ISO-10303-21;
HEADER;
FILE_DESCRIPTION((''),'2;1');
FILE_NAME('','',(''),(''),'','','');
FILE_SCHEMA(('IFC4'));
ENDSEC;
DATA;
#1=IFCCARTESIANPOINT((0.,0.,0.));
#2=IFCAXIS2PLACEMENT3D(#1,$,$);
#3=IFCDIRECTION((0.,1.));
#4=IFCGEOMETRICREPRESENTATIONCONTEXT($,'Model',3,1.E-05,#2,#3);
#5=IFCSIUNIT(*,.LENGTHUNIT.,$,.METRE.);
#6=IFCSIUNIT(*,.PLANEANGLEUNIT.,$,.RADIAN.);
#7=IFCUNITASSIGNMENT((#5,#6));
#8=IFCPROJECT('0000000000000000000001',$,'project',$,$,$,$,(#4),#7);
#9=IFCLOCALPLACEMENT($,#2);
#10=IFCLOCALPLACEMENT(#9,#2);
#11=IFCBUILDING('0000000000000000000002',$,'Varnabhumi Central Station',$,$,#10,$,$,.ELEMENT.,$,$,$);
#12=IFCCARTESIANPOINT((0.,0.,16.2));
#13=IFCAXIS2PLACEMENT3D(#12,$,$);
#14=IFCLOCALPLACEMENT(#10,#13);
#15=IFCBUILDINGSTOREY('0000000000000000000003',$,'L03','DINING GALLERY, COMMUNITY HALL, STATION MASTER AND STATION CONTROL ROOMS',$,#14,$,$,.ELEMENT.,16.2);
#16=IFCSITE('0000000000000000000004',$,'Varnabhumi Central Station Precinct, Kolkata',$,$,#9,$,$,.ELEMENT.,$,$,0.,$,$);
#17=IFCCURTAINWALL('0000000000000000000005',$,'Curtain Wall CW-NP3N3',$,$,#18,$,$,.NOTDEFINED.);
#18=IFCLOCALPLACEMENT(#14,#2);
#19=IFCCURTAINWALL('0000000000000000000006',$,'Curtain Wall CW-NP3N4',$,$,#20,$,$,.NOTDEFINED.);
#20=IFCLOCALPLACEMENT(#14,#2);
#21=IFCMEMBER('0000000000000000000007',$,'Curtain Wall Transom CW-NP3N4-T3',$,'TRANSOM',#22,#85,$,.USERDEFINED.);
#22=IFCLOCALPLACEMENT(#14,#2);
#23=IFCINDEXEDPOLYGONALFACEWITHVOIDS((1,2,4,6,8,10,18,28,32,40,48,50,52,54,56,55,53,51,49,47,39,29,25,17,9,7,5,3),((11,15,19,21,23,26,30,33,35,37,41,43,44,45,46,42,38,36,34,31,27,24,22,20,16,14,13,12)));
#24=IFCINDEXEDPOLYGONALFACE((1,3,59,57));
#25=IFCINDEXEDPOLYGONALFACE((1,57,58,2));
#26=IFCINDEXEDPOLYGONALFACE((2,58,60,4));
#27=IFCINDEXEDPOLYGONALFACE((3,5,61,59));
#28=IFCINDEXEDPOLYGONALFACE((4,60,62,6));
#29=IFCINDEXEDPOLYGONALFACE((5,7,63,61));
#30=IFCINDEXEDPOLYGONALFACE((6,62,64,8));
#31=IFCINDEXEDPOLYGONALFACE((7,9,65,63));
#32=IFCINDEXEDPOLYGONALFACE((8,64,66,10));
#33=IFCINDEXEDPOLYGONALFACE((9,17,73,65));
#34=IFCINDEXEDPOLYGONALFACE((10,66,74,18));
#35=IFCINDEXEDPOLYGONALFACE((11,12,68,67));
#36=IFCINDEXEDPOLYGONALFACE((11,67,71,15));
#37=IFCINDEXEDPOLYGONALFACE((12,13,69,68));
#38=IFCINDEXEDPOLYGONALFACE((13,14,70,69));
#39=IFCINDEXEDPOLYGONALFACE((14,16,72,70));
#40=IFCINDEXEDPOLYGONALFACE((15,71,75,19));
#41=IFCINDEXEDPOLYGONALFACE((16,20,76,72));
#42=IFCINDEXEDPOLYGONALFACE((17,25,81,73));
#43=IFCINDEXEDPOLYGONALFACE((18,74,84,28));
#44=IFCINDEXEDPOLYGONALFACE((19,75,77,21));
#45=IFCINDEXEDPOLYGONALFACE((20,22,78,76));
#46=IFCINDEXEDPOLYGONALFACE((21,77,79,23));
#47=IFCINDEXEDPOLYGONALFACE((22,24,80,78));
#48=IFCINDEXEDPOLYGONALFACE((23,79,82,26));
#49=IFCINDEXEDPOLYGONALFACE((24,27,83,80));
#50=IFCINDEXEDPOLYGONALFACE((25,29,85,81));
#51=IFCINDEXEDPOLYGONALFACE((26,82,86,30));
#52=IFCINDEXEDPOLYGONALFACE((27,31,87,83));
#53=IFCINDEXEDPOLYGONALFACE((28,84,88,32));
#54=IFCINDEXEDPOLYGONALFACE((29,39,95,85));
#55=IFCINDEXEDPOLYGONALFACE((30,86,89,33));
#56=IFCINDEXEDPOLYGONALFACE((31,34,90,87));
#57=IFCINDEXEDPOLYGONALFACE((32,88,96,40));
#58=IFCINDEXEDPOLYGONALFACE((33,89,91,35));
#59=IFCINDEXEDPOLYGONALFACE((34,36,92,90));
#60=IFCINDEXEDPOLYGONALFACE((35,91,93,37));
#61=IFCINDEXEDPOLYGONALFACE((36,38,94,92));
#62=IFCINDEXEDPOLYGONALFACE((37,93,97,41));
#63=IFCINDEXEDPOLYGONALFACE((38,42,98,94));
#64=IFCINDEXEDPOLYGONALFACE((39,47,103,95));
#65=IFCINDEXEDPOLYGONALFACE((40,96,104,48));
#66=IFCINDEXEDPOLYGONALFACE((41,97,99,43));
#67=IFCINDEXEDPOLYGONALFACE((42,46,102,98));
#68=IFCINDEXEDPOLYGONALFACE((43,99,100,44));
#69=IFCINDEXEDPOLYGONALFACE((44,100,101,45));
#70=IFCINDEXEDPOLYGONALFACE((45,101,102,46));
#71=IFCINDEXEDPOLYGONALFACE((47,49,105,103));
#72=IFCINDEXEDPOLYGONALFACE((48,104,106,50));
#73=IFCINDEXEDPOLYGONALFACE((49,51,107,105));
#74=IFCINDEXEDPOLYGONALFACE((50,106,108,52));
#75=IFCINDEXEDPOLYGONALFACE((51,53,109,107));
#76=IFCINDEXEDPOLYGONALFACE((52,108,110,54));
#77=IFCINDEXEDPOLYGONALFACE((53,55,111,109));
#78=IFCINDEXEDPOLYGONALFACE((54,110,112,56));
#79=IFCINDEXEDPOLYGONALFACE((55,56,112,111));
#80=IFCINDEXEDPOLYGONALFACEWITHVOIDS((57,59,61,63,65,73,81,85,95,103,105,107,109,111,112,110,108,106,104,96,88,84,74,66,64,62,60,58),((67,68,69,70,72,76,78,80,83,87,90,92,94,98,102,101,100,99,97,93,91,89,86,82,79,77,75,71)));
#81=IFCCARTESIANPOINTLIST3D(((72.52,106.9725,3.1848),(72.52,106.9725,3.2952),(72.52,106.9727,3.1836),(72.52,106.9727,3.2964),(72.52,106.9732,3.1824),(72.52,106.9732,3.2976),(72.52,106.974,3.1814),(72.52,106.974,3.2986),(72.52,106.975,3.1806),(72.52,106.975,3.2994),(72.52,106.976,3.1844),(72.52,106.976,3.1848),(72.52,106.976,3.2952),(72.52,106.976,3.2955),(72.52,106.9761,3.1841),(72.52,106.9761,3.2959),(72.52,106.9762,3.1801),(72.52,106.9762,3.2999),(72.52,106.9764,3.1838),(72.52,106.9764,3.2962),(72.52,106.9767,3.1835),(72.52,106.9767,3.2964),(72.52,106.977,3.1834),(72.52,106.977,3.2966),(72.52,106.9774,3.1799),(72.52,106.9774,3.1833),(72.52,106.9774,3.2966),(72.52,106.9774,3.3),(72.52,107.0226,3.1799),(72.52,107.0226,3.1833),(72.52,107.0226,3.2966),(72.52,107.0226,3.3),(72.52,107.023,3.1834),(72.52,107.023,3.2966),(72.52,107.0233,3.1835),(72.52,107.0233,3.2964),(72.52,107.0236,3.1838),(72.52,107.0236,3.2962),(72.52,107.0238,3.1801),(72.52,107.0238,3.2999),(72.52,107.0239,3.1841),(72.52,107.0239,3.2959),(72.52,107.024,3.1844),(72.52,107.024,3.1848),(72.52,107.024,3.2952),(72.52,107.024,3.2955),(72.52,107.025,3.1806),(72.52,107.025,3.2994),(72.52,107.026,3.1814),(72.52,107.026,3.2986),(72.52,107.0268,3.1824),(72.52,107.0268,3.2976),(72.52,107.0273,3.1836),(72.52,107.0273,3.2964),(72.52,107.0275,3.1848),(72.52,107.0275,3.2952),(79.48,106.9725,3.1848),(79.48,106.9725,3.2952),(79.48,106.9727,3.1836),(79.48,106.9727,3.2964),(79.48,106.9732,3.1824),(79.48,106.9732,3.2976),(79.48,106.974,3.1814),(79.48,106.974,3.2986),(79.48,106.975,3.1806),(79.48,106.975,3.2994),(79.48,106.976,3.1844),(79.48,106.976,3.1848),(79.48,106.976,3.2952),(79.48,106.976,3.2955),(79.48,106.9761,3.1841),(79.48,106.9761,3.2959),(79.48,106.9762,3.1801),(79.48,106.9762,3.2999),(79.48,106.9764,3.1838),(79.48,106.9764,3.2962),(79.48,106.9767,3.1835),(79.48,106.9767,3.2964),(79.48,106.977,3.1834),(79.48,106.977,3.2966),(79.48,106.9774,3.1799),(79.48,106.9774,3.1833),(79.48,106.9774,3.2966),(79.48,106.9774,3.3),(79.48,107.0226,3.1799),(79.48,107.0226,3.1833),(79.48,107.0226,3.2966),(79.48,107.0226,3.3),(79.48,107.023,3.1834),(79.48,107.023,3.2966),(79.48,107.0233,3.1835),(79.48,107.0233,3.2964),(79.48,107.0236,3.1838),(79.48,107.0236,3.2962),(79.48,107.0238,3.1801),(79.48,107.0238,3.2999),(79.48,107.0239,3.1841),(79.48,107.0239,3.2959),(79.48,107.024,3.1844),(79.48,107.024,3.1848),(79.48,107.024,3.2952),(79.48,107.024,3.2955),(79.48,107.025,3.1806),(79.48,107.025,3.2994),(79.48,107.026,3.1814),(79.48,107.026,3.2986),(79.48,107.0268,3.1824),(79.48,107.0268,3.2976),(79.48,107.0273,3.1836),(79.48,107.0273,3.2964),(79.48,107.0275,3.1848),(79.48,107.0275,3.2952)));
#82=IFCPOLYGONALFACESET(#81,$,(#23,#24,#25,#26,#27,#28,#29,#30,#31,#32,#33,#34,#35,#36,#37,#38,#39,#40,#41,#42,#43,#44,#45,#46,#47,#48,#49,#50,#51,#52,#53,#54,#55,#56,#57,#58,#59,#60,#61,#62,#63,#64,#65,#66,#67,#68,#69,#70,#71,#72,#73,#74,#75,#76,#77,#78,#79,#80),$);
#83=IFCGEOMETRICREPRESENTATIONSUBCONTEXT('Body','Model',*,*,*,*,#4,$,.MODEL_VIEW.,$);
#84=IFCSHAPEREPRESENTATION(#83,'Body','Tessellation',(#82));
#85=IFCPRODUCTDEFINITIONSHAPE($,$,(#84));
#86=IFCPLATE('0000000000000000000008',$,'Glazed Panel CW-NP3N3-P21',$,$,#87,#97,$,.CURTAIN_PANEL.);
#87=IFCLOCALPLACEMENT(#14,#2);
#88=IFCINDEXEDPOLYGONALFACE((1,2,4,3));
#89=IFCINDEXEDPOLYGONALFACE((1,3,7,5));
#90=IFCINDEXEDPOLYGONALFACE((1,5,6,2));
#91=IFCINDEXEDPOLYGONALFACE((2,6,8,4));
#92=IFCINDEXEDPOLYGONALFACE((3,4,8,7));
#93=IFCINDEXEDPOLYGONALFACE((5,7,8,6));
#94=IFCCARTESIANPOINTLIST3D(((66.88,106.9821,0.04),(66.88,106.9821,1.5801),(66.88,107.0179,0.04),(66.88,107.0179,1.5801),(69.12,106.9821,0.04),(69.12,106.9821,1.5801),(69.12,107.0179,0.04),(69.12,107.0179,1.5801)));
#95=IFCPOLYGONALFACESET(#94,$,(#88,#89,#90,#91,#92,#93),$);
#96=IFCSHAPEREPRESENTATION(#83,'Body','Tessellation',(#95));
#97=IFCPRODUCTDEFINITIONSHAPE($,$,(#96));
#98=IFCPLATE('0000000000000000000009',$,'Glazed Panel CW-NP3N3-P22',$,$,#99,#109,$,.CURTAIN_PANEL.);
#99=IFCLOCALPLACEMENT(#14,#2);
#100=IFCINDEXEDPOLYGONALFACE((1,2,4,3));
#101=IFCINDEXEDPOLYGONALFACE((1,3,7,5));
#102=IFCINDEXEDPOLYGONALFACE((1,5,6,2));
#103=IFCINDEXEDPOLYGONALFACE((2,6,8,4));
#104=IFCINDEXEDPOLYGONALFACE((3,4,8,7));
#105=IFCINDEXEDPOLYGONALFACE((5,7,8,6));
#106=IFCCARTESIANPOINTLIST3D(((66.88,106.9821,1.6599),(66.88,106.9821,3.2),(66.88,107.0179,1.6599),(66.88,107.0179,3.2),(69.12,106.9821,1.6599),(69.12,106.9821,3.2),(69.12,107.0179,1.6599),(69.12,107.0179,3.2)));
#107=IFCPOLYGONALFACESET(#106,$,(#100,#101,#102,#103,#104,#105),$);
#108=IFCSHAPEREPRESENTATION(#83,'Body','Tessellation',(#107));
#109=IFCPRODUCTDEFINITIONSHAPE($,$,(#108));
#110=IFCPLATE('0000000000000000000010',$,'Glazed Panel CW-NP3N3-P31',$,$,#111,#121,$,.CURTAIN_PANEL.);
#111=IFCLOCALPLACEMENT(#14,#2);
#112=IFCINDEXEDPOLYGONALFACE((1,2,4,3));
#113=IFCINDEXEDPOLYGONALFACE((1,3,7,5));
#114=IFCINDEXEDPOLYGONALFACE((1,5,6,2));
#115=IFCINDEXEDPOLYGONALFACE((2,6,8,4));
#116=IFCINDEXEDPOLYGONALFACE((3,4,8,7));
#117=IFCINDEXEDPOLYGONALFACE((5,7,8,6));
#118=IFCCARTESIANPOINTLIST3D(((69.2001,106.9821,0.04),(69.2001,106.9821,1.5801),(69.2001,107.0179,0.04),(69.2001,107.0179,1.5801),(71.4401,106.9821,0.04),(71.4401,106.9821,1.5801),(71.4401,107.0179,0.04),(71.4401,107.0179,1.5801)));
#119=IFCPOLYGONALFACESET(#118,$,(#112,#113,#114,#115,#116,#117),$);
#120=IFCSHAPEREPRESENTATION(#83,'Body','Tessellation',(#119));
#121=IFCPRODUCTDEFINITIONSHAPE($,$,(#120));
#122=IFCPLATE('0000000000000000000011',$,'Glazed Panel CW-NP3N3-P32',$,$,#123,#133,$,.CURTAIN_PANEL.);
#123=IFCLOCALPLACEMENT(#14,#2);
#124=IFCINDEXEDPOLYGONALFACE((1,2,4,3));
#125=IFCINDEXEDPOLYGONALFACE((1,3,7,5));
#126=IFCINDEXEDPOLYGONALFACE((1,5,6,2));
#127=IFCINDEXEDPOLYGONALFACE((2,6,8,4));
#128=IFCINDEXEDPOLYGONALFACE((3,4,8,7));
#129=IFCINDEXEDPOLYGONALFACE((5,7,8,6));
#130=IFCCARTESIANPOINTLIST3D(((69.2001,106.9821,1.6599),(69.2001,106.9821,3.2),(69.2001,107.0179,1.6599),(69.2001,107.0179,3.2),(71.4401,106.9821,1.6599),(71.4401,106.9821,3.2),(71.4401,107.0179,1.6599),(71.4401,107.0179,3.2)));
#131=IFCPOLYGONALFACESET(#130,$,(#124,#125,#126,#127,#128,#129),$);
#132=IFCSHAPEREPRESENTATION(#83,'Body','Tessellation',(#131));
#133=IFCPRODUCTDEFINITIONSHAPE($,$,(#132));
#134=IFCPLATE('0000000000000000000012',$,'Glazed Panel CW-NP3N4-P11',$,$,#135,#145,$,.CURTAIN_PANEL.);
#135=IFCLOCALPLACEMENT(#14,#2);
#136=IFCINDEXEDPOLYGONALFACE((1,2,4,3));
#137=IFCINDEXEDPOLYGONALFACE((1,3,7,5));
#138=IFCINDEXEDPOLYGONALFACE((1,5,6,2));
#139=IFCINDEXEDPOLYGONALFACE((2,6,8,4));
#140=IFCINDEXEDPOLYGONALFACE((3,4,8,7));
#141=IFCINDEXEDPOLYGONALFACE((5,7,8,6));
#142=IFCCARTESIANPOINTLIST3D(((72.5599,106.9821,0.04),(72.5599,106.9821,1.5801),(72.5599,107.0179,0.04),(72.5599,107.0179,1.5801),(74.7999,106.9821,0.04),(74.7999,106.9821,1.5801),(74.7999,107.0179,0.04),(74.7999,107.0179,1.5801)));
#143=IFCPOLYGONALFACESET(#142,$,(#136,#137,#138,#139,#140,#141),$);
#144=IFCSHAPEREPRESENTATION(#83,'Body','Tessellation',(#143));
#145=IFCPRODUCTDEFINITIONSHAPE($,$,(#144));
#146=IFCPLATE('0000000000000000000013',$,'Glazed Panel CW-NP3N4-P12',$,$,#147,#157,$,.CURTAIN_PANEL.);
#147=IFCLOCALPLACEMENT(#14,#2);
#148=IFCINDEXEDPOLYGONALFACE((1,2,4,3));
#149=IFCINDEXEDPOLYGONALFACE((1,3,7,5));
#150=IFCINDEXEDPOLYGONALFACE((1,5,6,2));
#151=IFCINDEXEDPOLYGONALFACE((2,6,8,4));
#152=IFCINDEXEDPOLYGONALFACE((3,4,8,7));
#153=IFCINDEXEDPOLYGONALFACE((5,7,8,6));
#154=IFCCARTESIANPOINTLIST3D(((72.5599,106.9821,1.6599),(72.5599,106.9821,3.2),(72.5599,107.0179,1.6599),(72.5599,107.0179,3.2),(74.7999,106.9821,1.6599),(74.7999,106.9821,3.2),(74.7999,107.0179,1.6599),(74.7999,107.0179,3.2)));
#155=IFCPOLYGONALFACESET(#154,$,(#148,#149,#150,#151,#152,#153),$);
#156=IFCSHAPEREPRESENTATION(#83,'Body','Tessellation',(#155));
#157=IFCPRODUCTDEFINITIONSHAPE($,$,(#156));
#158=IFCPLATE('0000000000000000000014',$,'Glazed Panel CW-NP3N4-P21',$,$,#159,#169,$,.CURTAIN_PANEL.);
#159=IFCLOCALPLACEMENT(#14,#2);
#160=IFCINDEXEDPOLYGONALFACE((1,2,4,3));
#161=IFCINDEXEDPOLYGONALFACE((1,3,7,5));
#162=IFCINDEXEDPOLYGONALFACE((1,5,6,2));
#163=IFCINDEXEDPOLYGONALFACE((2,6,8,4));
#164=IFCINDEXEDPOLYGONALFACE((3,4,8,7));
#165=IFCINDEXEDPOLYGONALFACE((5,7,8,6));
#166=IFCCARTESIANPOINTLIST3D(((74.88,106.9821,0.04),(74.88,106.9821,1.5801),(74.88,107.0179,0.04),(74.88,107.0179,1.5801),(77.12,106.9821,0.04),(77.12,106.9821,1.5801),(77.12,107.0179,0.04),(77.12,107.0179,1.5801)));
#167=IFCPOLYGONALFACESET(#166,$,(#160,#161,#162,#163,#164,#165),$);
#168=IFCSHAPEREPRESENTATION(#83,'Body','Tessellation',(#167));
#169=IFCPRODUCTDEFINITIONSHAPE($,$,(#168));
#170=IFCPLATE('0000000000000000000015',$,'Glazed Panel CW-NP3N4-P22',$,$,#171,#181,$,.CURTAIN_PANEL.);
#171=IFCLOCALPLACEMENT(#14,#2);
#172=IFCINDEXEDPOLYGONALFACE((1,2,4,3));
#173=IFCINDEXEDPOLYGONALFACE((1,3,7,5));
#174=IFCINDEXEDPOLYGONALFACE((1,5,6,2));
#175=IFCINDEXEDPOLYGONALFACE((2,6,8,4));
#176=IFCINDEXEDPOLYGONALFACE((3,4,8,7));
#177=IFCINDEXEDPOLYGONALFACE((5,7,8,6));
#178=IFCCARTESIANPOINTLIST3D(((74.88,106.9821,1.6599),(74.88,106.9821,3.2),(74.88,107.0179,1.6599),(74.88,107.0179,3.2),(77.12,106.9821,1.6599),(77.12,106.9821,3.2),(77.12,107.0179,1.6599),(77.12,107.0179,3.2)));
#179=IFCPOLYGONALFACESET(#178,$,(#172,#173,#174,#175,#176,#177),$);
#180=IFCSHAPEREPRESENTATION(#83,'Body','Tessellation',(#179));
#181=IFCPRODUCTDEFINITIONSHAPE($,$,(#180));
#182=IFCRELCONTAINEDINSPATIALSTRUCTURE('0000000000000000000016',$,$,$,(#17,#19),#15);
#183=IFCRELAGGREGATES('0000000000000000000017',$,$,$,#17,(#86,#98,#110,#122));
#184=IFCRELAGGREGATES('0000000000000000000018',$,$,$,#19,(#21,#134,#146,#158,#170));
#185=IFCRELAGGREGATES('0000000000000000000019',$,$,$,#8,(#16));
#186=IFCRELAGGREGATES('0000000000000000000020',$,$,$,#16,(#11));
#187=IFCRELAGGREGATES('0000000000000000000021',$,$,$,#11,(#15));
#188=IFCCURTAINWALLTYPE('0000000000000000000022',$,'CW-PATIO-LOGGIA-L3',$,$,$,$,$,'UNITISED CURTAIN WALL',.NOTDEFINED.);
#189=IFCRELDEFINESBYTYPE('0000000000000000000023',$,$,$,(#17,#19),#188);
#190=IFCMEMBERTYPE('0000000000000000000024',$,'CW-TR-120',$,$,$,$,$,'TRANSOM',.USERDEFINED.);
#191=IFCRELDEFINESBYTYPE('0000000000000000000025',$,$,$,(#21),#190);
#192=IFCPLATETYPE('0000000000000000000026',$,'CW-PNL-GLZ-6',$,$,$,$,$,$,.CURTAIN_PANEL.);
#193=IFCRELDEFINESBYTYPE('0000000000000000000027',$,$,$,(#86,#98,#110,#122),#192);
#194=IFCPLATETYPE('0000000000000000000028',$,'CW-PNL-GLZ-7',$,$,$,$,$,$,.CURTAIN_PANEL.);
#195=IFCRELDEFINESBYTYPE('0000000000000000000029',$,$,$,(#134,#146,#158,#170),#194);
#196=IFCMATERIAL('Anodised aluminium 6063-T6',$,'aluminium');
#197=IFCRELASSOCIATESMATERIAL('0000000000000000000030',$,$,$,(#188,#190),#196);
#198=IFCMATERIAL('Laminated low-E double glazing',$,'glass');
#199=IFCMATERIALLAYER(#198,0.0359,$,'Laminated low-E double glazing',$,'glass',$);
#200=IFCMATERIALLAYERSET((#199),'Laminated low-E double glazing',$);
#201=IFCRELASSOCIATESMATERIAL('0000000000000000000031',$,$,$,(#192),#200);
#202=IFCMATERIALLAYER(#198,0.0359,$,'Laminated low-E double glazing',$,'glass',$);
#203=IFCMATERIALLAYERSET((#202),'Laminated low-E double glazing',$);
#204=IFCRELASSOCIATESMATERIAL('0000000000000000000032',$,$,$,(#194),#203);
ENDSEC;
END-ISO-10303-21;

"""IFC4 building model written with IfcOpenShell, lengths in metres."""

from ifc_helpers import new_model, si_unit, direction, frame, origin, origin_2d, place, context, subcontext, project, spatial, rectangle, hollow_rectangle, extrude, material, layer, layer_set, material_profile, profile_set, type_object, element, aggregate, save


model = new_model("IFC4")

# Units and contexts
model_context = context("Model", 3, precision=1e-05, world=origin(), true_north=direction((0.0, 1.0)))
body_context = subcontext(model_context, "Body", "Model", "MODEL_VIEW")
ifc_project = project(units=[si_unit("LENGTHUNIT", "METRE"), si_unit("PLANEANGLEUNIT", "RADIAN")], contexts=[model_context])

# Site, building, storey
site_placement = place(None, origin())
site = spatial("IfcSite", under=ifc_project, at=site_placement, Name="Varnabhumi Central Station Precinct, Kolkata", CompositionType="ELEMENT", RefElevation=0.0)
building_placement = place(site_placement, origin())
building = spatial("IfcBuilding", under=site, at=building_placement, Name="Varnabhumi Central Station", CompositionType="ELEMENT")
storey_placement = place(building_placement, frame((0.0, 0.0, 16.2)))
storey = spatial("IfcBuildingStorey", under=building, at=storey_placement, Name="L03", Description="DINING GALLERY, COMMUNITY HALL, STATION MASTER AND STATION CONTROL ROOMS", CompositionType="ELEMENT", Elevation=16.2)

# Curtain walls, member
ifc_material_1 = material(Name="Anodised aluminium 6063-T6", Category="aluminium")
curtain_wall_type = type_object("IfcCurtainWallType", Name="CW-PATIO-LOGGIA-L3", ElementType="UNITISED CURTAIN WALL", PredefinedType="NOTDEFINED", material=ifc_material_1)
curtain_wall_1_placement = place(storey_placement, origin())
curtain_wall_1 = element("IfcCurtainWall", 1, at=curtain_wall_1_placement, inside=storey, type_object=curtain_wall_type, Name="Curtain Wall CW-NP3N3", PredefinedType="NOTDEFINED")
curtain_wall_2_placement = place(storey_placement, origin())
curtain_wall_2 = element("IfcCurtainWall", 2, at=curtain_wall_2_placement, inside=storey, type_object=curtain_wall_type, Name="Curtain Wall CW-NP3N4", PredefinedType="NOTDEFINED")
ifc_material_profile_1 = material_profile(ifc_material_1, hollow_rectangle(XDim=0.0549, YDim=0.1201, WallThickness=0.0034, InnerFilletRadius=0.0015, OuterFilletRadius=0.0049, at=origin_2d()), Name="Anodised aluminium 6063-T6", Category="aluminium")
ifc_profile_set_1 = profile_set([ifc_material_profile_1], Name="Anodised aluminium 6063-T6")
member_type_1 = type_object("IfcMemberType", Name="CW-TR-120", ElementType="TRANSOM", PredefinedType="USERDEFINED", material=ifc_profile_set_1)
member_1_placement = place(storey_placement, frame((72.52, 107.0, 3.24), z_axis=(1.0, 0.0, 0.0), x_axis=(0.0, 1.0, 0.0)))
member_1 = element("IfcMember", 3, at=member_1_placement, type_object=member_type_1, Name="Curtain Wall Transom CW-NP3N4-T3", ObjectType="TRANSOM", PredefinedType="USERDEFINED", context=body_context, shape_type="SweptSolid", body=[
    extrude(hollow_rectangle(XDim=0.0549, YDim=0.1201, WallThickness=0.0034, InnerFilletRadius=0.0015, OuterFilletRadius=0.0049, at=origin_2d()), origin(), (0.0, 0.0, 1.0), 6.96),
])

# Plates
ifc_material_2 = material(Name="Laminated low-E double glazing", Category="glass")
ifc_layer_1 = layer(ifc_material_2, 0.0359, Name="Laminated low-E double glazing", Category="glass")
ifc_layer_set_1 = layer_set([ifc_layer_1], Name="Laminated low-E double glazing")
plate_type_1 = type_object("IfcPlateType", Name="CW-PNL-GLZ-6", PredefinedType="CURTAIN_PANEL", material=ifc_layer_set_1)
plate_1_placement = place(storey_placement, frame((68.0, 107.0, 0.04), z_axis=(0.0, 0.0, 1.0), x_axis=(1.0, 0.0, 0.0)))
plate_1 = element("IfcPlate", 4, at=plate_1_placement, type_object=plate_type_1, Name="Glazed Panel CW-NP3N3-P21", PredefinedType="CURTAIN_PANEL", context=body_context, shape_type="SweptSolid", body=[
    extrude(rectangle(XDim=2.24, YDim=0.0359, at=origin_2d()), origin(), (0.0, 0.0, 1.0), 1.54),
])
plate_2_placement = place(storey_placement, frame((68.0, 107.0, 1.6599), z_axis=(0.0, 0.0, 1.0), x_axis=(1.0, 0.0, 0.0)))
plate_2 = element("IfcPlate", 5, at=plate_2_placement, type_object=plate_type_1, Name="Glazed Panel CW-NP3N3-P22", PredefinedType="CURTAIN_PANEL", context=body_context, shape_type="SweptSolid", body=[
    extrude(rectangle(XDim=2.24, YDim=0.0359, at=origin_2d()), origin(), (0.0, 0.0, 1.0), 1.54),
])
plate_3_placement = place(storey_placement, frame((70.3201, 107.0, 0.04), z_axis=(0.0, 0.0, 1.0), x_axis=(1.0, 0.0, 0.0)))
plate_3 = element("IfcPlate", 6, at=plate_3_placement, type_object=plate_type_1, Name="Glazed Panel CW-NP3N3-P31", PredefinedType="CURTAIN_PANEL", context=body_context, shape_type="SweptSolid", body=[
    extrude(rectangle(XDim=2.24, YDim=0.0359, at=origin_2d()), origin(), (0.0, 0.0, 1.0), 1.54),
])
plate_4_placement = place(storey_placement, frame((70.3201, 107.0, 1.6599), z_axis=(0.0, 0.0, 1.0), x_axis=(1.0, 0.0, 0.0)))
plate_4 = element("IfcPlate", 7, at=plate_4_placement, type_object=plate_type_1, Name="Glazed Panel CW-NP3N3-P32", PredefinedType="CURTAIN_PANEL", context=body_context, shape_type="SweptSolid", body=[
    extrude(rectangle(XDim=2.24, YDim=0.0359, at=origin_2d()), origin(), (0.0, 0.0, 1.0), 1.54),
])
aggregate(curtain_wall_1, [plate_1, plate_2, plate_3, plate_4])
ifc_layer_2 = layer(ifc_material_2, 0.0359, Name="Laminated low-E double glazing", Category="glass")
ifc_layer_set_2 = layer_set([ifc_layer_2], Name="Laminated low-E double glazing")
plate_type_2 = type_object("IfcPlateType", Name="CW-PNL-GLZ-7", PredefinedType="CURTAIN_PANEL", material=ifc_layer_set_2)
plate_5_placement = place(storey_placement, frame((73.6799, 107.0, 0.04), z_axis=(0.0, 0.0, 1.0), x_axis=(1.0, 0.0, 0.0)))
plate_5 = element("IfcPlate", 8, at=plate_5_placement, type_object=plate_type_2, Name="Glazed Panel CW-NP3N4-P11", PredefinedType="CURTAIN_PANEL", context=body_context, shape_type="SweptSolid", body=[
    extrude(rectangle(XDim=2.24, YDim=0.0359, at=origin_2d()), origin(), (0.0, 0.0, 1.0), 1.54),
])
plate_6_placement = place(storey_placement, frame((73.6799, 107.0, 1.6599), z_axis=(0.0, 0.0, 1.0), x_axis=(1.0, 0.0, 0.0)))
plate_6 = element("IfcPlate", 9, at=plate_6_placement, type_object=plate_type_2, Name="Glazed Panel CW-NP3N4-P12", PredefinedType="CURTAIN_PANEL", context=body_context, shape_type="SweptSolid", body=[
    extrude(rectangle(XDim=2.24, YDim=0.0359, at=origin_2d()), origin(), (0.0, 0.0, 1.0), 1.54),
])
plate_7_placement = place(storey_placement, frame((76.0, 107.0, 0.04), z_axis=(0.0, 0.0, 1.0), x_axis=(1.0, 0.0, 0.0)))
plate_7 = element("IfcPlate", 10, at=plate_7_placement, type_object=plate_type_2, Name="Glazed Panel CW-NP3N4-P21", PredefinedType="CURTAIN_PANEL", context=body_context, shape_type="SweptSolid", body=[
    extrude(rectangle(XDim=2.24, YDim=0.0359, at=origin_2d()), origin(), (0.0, 0.0, 1.0), 1.54),
])
plate_8_placement = place(storey_placement, frame((76.0, 107.0, 1.6599), z_axis=(0.0, 0.0, 1.0), x_axis=(1.0, 0.0, 0.0)))
plate_8 = element("IfcPlate", 11, at=plate_8_placement, type_object=plate_type_2, Name="Glazed Panel CW-NP3N4-P22", PredefinedType="CURTAIN_PANEL", context=body_context, shape_type="SweptSolid", body=[
    extrude(rectangle(XDim=2.24, YDim=0.0359, at=origin_2d()), origin(), (0.0, 0.0, 1.0), 1.54),
])
aggregate(curtain_wall_2, [member_1, plate_5, plate_6, plate_7, plate_8])

save(model, "model.ifc")
